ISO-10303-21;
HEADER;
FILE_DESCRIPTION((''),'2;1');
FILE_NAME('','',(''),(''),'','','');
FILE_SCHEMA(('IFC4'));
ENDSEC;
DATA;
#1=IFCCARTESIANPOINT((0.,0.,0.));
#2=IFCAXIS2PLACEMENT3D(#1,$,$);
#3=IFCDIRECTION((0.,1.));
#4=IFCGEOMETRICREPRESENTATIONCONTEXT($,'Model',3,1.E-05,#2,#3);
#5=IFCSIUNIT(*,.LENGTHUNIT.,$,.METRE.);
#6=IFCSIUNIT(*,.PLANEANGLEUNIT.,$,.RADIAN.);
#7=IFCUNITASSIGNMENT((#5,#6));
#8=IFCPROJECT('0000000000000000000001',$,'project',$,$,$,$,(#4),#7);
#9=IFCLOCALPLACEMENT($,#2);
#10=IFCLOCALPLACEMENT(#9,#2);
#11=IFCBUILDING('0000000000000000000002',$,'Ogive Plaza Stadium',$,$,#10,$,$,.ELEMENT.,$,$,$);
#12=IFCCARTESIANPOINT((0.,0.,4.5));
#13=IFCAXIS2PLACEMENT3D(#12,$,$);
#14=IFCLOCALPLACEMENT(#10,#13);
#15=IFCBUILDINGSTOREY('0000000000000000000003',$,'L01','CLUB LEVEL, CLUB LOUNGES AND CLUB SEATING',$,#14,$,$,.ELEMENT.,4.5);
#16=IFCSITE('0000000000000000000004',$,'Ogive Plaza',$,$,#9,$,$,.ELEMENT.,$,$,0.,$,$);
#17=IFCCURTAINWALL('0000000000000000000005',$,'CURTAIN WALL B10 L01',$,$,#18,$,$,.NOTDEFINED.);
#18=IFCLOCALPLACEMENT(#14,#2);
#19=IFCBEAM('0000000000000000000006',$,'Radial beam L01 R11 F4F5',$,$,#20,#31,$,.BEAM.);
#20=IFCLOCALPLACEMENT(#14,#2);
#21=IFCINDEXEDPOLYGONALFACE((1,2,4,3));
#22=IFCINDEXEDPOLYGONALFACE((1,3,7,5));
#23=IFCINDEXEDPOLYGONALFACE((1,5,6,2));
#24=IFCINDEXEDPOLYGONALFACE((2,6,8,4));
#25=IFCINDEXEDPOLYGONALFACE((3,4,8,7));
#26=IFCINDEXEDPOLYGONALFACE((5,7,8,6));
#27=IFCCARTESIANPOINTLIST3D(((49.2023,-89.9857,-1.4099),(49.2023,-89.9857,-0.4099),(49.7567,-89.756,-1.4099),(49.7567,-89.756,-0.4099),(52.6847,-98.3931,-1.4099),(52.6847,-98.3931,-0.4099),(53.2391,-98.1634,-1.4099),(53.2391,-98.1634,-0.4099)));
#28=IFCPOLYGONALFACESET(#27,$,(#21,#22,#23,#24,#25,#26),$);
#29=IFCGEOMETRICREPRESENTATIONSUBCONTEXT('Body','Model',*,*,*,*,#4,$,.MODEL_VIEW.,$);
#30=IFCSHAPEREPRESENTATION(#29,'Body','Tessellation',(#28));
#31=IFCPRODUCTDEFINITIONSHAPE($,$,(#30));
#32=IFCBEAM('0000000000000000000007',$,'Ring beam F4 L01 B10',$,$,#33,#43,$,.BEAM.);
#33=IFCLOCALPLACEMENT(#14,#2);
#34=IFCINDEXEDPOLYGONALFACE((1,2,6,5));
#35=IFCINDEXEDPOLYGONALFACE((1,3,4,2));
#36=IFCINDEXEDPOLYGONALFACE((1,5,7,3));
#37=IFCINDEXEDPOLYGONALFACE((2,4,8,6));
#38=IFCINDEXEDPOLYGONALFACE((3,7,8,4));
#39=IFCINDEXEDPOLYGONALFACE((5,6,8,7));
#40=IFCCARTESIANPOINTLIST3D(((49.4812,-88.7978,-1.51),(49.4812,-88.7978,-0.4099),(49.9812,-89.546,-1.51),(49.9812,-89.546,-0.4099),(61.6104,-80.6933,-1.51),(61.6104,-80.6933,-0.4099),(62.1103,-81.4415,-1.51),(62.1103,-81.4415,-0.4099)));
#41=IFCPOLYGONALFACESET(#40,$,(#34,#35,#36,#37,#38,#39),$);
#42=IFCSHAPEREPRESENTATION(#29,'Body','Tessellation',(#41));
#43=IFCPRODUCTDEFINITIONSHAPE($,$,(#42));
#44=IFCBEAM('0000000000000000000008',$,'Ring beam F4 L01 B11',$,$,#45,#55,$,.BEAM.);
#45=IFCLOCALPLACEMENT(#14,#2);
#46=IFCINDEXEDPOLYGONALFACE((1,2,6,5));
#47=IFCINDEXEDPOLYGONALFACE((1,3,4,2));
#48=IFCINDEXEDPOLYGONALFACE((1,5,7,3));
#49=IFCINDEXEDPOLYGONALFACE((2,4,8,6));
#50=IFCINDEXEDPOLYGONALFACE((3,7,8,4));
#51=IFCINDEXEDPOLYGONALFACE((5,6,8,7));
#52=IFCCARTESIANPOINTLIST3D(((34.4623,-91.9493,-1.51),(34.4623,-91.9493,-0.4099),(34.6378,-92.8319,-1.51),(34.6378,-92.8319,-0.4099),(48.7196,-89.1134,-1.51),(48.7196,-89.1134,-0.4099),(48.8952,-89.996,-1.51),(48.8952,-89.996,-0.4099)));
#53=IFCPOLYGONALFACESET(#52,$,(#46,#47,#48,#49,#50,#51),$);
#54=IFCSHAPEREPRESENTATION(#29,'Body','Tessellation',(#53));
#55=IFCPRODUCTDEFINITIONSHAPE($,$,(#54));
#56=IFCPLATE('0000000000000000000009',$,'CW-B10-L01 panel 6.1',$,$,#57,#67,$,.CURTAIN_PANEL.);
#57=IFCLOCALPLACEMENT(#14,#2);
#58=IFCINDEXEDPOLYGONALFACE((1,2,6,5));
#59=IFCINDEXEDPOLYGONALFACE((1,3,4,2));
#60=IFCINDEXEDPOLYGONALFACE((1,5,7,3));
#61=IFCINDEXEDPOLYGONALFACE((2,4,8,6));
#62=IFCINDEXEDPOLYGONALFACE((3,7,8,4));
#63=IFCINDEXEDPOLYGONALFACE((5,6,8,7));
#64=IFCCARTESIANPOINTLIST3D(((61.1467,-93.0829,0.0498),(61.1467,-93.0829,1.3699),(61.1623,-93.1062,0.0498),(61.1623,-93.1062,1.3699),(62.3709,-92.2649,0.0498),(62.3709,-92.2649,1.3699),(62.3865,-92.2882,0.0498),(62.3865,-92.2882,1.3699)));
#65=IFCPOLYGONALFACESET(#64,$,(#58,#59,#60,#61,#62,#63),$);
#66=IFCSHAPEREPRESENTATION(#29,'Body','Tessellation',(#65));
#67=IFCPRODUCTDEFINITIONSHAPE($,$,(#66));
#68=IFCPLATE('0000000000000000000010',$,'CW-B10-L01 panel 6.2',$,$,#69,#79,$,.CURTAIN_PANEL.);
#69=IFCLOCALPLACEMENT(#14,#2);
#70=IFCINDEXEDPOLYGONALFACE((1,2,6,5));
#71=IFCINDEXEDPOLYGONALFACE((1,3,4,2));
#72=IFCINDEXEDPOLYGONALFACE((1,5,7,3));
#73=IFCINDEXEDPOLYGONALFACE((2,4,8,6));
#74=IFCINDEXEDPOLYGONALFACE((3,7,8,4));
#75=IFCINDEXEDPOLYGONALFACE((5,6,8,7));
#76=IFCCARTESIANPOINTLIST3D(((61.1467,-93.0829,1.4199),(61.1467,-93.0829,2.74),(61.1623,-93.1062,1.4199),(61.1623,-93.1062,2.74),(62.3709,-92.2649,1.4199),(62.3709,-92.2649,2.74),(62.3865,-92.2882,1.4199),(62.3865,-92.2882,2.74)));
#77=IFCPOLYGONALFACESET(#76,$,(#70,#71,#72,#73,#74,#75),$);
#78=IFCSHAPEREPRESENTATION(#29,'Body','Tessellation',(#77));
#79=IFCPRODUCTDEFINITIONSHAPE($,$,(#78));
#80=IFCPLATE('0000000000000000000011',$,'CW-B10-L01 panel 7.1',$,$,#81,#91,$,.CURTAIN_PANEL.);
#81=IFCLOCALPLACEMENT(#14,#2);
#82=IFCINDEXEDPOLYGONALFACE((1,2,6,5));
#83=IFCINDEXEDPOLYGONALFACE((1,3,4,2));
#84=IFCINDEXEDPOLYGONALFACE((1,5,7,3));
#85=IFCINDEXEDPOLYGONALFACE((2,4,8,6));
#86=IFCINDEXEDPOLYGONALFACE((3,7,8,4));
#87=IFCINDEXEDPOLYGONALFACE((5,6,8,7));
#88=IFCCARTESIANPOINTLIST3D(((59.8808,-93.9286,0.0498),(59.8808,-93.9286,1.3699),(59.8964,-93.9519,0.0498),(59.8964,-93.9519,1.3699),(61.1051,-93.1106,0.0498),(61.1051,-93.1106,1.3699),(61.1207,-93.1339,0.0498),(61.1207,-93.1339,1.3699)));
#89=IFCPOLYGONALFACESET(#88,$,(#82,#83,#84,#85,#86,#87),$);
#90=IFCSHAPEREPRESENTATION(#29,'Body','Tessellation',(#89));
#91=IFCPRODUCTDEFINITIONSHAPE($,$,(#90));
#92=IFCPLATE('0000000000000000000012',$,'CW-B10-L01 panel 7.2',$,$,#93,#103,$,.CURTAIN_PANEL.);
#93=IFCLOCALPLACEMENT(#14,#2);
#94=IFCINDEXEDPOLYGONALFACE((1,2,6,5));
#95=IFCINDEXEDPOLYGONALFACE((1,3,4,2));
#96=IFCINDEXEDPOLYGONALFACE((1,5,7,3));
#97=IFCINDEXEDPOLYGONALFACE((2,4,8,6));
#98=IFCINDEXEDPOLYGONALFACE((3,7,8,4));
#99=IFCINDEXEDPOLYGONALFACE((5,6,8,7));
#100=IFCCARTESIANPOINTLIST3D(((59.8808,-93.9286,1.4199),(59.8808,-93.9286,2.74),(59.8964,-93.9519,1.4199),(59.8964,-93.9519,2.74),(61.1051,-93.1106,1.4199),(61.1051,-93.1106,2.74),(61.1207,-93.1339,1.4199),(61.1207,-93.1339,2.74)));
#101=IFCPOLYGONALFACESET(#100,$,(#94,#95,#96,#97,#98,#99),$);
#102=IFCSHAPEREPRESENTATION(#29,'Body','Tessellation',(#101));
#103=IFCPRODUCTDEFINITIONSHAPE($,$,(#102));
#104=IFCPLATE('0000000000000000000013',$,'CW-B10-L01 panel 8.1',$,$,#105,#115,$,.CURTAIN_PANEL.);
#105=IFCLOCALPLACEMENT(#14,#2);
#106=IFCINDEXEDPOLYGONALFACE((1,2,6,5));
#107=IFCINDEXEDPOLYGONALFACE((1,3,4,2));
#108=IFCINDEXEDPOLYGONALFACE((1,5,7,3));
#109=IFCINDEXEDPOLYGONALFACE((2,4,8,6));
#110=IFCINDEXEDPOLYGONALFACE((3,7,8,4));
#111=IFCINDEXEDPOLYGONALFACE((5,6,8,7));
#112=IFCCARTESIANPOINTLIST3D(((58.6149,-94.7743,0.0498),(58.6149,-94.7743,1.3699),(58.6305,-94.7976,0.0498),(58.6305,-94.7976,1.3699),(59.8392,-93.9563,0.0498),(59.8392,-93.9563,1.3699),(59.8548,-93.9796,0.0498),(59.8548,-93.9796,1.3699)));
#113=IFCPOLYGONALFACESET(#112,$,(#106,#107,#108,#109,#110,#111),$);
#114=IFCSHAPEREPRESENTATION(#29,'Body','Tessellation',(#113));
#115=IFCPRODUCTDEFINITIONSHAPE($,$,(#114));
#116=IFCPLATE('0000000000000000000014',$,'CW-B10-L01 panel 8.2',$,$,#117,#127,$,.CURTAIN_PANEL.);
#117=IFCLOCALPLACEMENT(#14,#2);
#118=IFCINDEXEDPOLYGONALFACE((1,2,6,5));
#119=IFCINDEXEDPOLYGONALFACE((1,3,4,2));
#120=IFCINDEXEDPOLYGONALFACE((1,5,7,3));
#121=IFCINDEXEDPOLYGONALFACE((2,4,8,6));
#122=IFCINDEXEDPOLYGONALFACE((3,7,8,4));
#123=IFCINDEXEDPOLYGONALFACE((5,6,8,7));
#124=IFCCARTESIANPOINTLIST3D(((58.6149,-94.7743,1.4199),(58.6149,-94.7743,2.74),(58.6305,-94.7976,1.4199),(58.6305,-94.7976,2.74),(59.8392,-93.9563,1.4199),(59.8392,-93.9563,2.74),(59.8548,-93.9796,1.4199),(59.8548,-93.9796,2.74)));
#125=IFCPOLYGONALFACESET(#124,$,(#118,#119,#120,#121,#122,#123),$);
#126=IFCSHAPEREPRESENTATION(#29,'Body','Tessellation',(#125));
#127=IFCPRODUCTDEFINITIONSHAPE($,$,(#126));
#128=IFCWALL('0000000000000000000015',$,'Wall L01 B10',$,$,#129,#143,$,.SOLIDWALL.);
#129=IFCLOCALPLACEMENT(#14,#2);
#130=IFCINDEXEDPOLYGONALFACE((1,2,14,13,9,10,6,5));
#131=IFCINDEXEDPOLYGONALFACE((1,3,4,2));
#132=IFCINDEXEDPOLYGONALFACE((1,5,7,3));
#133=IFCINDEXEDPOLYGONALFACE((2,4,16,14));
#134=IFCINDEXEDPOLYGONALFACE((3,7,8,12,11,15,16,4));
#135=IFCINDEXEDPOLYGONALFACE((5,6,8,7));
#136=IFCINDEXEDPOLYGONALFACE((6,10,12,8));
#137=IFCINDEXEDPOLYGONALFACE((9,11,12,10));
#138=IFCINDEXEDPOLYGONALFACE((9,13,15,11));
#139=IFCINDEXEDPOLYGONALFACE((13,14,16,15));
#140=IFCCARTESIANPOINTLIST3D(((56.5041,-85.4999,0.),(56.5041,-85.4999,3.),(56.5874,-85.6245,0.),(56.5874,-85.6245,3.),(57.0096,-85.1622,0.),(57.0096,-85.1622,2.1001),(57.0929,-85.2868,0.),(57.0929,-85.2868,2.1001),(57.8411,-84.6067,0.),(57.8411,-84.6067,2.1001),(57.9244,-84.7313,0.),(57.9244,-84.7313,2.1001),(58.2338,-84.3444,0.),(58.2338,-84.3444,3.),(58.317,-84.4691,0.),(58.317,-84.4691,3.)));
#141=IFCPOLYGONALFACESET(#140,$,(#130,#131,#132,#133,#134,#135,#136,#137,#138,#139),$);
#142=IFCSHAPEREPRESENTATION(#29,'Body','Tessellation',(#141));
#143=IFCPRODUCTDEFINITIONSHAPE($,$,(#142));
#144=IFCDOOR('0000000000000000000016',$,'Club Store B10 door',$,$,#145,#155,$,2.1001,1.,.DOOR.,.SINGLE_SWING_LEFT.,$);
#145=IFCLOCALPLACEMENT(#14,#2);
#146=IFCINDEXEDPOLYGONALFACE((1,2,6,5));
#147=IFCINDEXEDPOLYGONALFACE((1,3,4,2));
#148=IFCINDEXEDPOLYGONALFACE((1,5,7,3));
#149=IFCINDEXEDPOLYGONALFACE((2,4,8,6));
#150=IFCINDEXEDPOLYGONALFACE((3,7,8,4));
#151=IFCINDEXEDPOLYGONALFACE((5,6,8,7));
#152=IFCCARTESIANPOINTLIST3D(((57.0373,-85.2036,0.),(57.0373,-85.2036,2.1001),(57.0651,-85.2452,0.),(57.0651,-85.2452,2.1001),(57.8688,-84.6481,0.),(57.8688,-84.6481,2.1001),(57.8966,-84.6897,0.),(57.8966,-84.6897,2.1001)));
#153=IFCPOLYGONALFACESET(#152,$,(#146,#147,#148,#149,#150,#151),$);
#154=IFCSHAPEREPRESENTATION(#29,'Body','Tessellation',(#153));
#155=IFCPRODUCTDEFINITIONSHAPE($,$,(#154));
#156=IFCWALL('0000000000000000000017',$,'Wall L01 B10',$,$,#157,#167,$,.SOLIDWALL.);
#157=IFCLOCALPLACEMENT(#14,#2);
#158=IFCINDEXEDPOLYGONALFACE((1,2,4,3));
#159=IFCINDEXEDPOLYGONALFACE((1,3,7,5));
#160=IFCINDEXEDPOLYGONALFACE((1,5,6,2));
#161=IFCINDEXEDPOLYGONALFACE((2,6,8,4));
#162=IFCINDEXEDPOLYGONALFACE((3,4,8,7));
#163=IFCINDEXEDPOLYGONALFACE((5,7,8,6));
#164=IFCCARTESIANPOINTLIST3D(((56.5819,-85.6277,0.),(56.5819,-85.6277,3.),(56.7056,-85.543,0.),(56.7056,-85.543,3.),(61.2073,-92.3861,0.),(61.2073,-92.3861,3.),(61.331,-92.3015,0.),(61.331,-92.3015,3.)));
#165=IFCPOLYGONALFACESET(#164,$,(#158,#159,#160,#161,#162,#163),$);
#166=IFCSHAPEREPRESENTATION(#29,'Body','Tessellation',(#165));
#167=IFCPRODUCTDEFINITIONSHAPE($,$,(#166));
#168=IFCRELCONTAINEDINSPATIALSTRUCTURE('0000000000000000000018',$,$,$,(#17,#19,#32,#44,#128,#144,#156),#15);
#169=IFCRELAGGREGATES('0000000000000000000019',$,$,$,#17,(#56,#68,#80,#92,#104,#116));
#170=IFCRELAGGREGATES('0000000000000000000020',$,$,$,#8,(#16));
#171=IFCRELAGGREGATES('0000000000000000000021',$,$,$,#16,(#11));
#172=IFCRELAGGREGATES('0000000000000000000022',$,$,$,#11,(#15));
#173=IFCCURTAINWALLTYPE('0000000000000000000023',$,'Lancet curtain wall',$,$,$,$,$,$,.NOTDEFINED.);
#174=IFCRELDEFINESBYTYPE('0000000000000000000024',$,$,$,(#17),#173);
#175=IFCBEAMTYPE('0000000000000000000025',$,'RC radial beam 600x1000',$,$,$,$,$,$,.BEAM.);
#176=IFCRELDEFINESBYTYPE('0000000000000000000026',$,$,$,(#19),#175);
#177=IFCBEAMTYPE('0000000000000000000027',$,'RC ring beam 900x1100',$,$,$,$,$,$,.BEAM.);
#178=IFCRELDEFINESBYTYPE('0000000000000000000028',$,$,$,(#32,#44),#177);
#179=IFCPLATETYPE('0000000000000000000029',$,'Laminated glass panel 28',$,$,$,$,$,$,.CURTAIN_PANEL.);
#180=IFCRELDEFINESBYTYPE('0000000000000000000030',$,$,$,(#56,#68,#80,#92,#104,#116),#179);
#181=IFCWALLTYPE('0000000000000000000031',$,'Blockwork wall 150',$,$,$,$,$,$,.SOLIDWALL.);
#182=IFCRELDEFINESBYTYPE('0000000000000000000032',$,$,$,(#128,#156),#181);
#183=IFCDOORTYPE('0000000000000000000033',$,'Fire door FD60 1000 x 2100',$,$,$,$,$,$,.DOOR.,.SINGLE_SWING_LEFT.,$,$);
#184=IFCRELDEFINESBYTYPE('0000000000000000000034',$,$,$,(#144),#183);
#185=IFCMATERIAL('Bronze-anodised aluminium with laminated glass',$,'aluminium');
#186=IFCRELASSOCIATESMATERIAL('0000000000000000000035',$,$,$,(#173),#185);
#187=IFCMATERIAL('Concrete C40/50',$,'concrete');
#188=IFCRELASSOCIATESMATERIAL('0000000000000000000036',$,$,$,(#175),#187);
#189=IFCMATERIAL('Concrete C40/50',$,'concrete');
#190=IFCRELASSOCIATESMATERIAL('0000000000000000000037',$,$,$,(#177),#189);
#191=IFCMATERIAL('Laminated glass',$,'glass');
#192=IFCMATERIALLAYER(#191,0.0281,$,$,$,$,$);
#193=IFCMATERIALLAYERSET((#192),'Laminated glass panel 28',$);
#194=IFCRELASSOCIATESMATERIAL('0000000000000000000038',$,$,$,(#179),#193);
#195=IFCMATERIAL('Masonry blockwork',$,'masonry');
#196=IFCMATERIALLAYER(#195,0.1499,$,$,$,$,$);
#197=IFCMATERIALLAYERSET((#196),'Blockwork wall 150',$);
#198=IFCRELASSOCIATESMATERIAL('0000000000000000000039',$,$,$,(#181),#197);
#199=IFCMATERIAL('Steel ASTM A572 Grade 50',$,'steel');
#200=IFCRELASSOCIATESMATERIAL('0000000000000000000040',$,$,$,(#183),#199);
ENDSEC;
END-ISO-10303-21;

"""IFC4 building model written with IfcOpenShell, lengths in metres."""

from ifc_helpers import new_model, si_unit, direction, frame, frame_2d, origin, origin_2d, place, context, subcontext, project, spatial, rectangle, extrude, material, layer, layer_set, material_profile, profile_set, type_object, element, fill, aggregate, save


model = new_model("IFC4")

# Units and contexts
model_context = context("Model", 3, precision=1e-05, world=origin(), true_north=direction((0.0, 1.0)))
body_context = subcontext(model_context, "Body", "Model", "MODEL_VIEW")
ifc_project = project(units=[si_unit("LENGTHUNIT", "METRE"), si_unit("PLANEANGLEUNIT", "RADIAN")], contexts=[model_context])

# Site, building, storey
site_placement = place(None, origin())
site = spatial("IfcSite", under=ifc_project, at=site_placement, Name="Ogive Plaza", CompositionType="ELEMENT", RefElevation=0.0)
building_placement = place(site_placement, origin())
building = spatial("IfcBuilding", under=site, at=building_placement, Name="Ogive Plaza Stadium", CompositionType="ELEMENT")
storey_placement = place(building_placement, frame((0.0, 0.0, 4.5)))
storey = spatial("IfcBuildingStorey", under=building, at=storey_placement, Name="L01", Description="CLUB LEVEL, CLUB LOUNGES AND CLUB SEATING", CompositionType="ELEMENT", Elevation=4.5)

# Curtain wall
ifc_material_1 = material(Name="Bronze-anodised aluminium with laminated glass", Category="aluminium")
curtain_wall_type = type_object("IfcCurtainWallType", Name="Lancet curtain wall", PredefinedType="NOTDEFINED", material=ifc_material_1)
curtain_wall_placement = place(storey_placement, origin())
curtain_wall = element("IfcCurtainWall", 1, at=curtain_wall_placement, inside=storey, type_object=curtain_wall_type, Name="CURTAIN WALL B10 L01", PredefinedType="NOTDEFINED")

# Beams
ifc_material_2 = material(Name="Concrete C40/50", Category="concrete")
ifc_material_profile_1 = material_profile(ifc_material_2, rectangle(XDim=0.6001, YDim=1.0, at=origin_2d()), Name="RC 600x1000")
ifc_profile_set_1 = profile_set([ifc_material_profile_1], Name="Concrete C40/50")
beam_type_1 = type_object("IfcBeamType", Name="RC radial beam 600x1000", PredefinedType="BEAM", material=ifc_profile_set_1)
beam_1_placement = place(storey_placement, frame((49.4795, -89.8708, -0.9099), z_axis=(0.382677, -0.923882, 0.0), x_axis=(0.923882, 0.382677, 0.0)))
element("IfcBeam", 2, at=beam_1_placement, inside=storey, type_object=beam_type_1, Name="Radial beam L01 R11 F4F5", PredefinedType="BEAM", context=body_context, shape_type="SweptSolid", body=[
    extrude(rectangle(XDim=0.6001, YDim=1.0, at=origin_2d()), origin(), (0.0, 0.0, 1.0), 9.1001),
])
ifc_material_3 = material(Name="Concrete C40/50", Category="concrete")
ifc_material_profile_2 = material_profile(ifc_material_3, rectangle(XDim=0.8999, YDim=1.1001, at=origin_2d()), Name="RC 900x1100")
ifc_profile_set_2 = profile_set([ifc_material_profile_2], Name="Concrete C40/50")
beam_type_2 = type_object("IfcBeamType", Name="RC ring beam 900x1100", PredefinedType="BEAM", material=ifc_profile_set_2)
beam_2_placement = place(storey_placement, frame((61.8604, -81.0674, -0.96), z_axis=(-0.831468, -0.555573, 0.0), x_axis=(0.555573, -0.831468, 0.0)))
element("IfcBeam", 3, at=beam_2_placement, inside=storey, type_object=beam_type_2, Name="Ring beam F4 L01 B10", PredefinedType="BEAM", context=body_context, shape_type="SweptSolid", body=[
    extrude(rectangle(XDim=0.8999, YDim=1.1001, at=origin_2d()), origin(), (0.0, 0.0, 1.0), 14.5876),
])
beam_3_placement = place(storey_placement, frame((48.8074, -89.5547, -0.96), z_axis=(-0.980786, -0.195089, 0.0), x_axis=(0.195089, -0.980786, 0.0)))
element("IfcBeam", 4, at=beam_3_placement, inside=storey, type_object=beam_type_2, Name="Ring beam F4 L01 B11", PredefinedType="BEAM", context=body_context, shape_type="SweptSolid", body=[
    extrude(rectangle(XDim=0.8999, YDim=1.1001, at=origin_2d()), origin(), (0.0, 0.0, 1.0), 14.5366),
])

# Plates
ifc_material_4 = material(Name="Laminated glass", Category="glass")
ifc_layer_1 = layer(ifc_material_4, 0.0281)
ifc_layer_set_1 = layer_set([ifc_layer_1], Name="Laminated glass panel 28")
plate_type = type_object("IfcPlateType", Name="Laminated glass panel 28", PredefinedType="CURTAIN_PANEL", material=ifc_layer_set_1)
plate_1_placement = place(storey_placement, frame((61.7666, -92.6855, 0.0498), z_axis=(0.0, 0.0, 1.0), x_axis=(-0.83147, -0.55557, 0.0)))
plate_1 = element("IfcPlate", 5, at=plate_1_placement, type_object=plate_type, Name="CW-B10-L01 panel 6.1", PredefinedType="CURTAIN_PANEL", context=body_context, shape_type="SweptSolid", body=[
    extrude(rectangle(XDim=1.4724, YDim=0.0281, at=origin_2d()), origin(), (0.0, 0.0, 1.0), 1.3201),
])
plate_2_placement = place(storey_placement, frame((61.7666, -92.6855, 1.4199), z_axis=(0.0, 0.0, 1.0), x_axis=(-0.83147, -0.55557, 0.0)))
plate_2 = element("IfcPlate", 6, at=plate_2_placement, type_object=plate_type, Name="CW-B10-L01 panel 6.2", PredefinedType="CURTAIN_PANEL", context=body_context, shape_type="SweptSolid", body=[
    extrude(rectangle(XDim=1.4724, YDim=0.0281, at=origin_2d()), origin(), (0.0, 0.0, 1.0), 1.3201),
])
plate_3_placement = place(storey_placement, frame((60.5007, -93.5312, 0.0498), z_axis=(0.0, 0.0, 1.0), x_axis=(-0.83147, -0.55557, 0.0)))
plate_3 = element("IfcPlate", 7, at=plate_3_placement, type_object=plate_type, Name="CW-B10-L01 panel 7.1", PredefinedType="CURTAIN_PANEL", context=body_context, shape_type="SweptSolid", body=[
    extrude(rectangle(XDim=1.4724, YDim=0.0281, at=origin_2d()), origin(), (0.0, 0.0, 1.0), 1.3201),
])
plate_4_placement = place(storey_placement, frame((60.5007, -93.5312, 1.4199), z_axis=(0.0, 0.0, 1.0), x_axis=(-0.83147, -0.55557, 0.0)))
plate_4 = element("IfcPlate", 8, at=plate_4_placement, type_object=plate_type, Name="CW-B10-L01 panel 7.2", PredefinedType="CURTAIN_PANEL", context=body_context, shape_type="SweptSolid", body=[
    extrude(rectangle(XDim=1.4724, YDim=0.0281, at=origin_2d()), origin(), (0.0, 0.0, 1.0), 1.3201),
])
plate_5_placement = place(storey_placement, frame((59.2349, -94.377, 0.0498), z_axis=(0.0, 0.0, 1.0), x_axis=(-0.83147, -0.55557, 0.0)))
plate_5 = element("IfcPlate", 9, at=plate_5_placement, type_object=plate_type, Name="CW-B10-L01 panel 8.1", PredefinedType="CURTAIN_PANEL", context=body_context, shape_type="SweptSolid", body=[
    extrude(rectangle(XDim=1.4724, YDim=0.0281, at=origin_2d()), origin(), (0.0, 0.0, 1.0), 1.3201),
])
plate_6_placement = place(storey_placement, frame((59.2349, -94.377, 1.4199), z_axis=(0.0, 0.0, 1.0), x_axis=(-0.83147, -0.55557, 0.0)))
plate_6 = element("IfcPlate", 10, at=plate_6_placement, type_object=plate_type, Name="CW-B10-L01 panel 8.2", PredefinedType="CURTAIN_PANEL", context=body_context, shape_type="SweptSolid", body=[
    extrude(rectangle(XDim=1.4724, YDim=0.0281, at=origin_2d()), origin(), (0.0, 0.0, 1.0), 1.3201),
])
aggregate(curtain_wall, [plate_1, plate_2, plate_3, plate_4, plate_5, plate_6])

# Wall, opening, door
ifc_material_5 = material(Name="Masonry blockwork", Category="masonry")
ifc_layer_2 = layer(ifc_material_5, 0.1499)
ifc_layer_set_2 = layer_set([ifc_layer_2], Name="Blockwork wall 150")
wall_type_1 = type_object("IfcWallType", Name="Blockwork wall 150", PredefinedType="SOLIDWALL", material=ifc_layer_set_2)
wall_1_placement = place(storey_placement, frame((58.2754, -84.4067, 0.0), z_axis=(0.0, 0.0, 1.0), x_axis=(-0.831526, -0.555485, 0.0)))
wall_1 = element("IfcWall", 11, at=wall_1_placement, inside=storey, type_object=wall_type_1, Name="Wall L01 B10", PredefinedType="SOLIDWALL", context=body_context, shape_type="SweptSolid", body=[
    extrude(rectangle(XDim=2.0801, YDim=0.1499, at=frame_2d((1.04, 0.0))), origin(), (0.0, 0.0, 1.0), 3.0),
])
opening_1_placement = place(wall_1_placement, frame((0.4722, 0.0, 0.0)))
opening_1 = element("IfcOpeningElement", 12, at=opening_1_placement, cuts=wall_1, PredefinedType="OPENING", context=body_context, shape_type="SweptSolid", body=[
    extrude(rectangle(XDim=1.0, YDim=2.1001, at=frame_2d((0.5, 1.05))), frame((0.0, 0.075, 0.0), z_axis=(0.0, -1.0, 0.0), x_axis=(1.0, 0.0, 0.0)), (0.0, 0.0, 1.0), 0.1499),
])
ifc_material_6 = material(Name="Steel ASTM A572 Grade 50", Category="steel")
door_type_1 = type_object("IfcDoorType", Name="Fire door FD60 1000 x 2100", OperationType="SINGLE_SWING_LEFT", PredefinedType="DOOR", material=ifc_material_6)
door_1_placement = place(opening_1_placement, origin())
door_1 = element("IfcDoor", 13, at=door_1_placement, inside=storey, type_object=door_type_1, Name="Club Store B10 door", OperationType="SINGLE_SWING_LEFT", OverallHeight=2.1001, OverallWidth=1.0, PredefinedType="DOOR", context=body_context, shape_type="SweptSolid", body=[
    extrude(rectangle(XDim=1.0, YDim=2.1001, at=frame_2d((0.5, 1.05))), frame((0.0, 0.0249, 0.0), z_axis=(0.0, -1.0, 0.0), x_axis=(1.0, 0.0, 0.0)), (0.0, 0.0, 1.0), 0.05),
])
fill(opening_1, door_1)

# Wall
wall_2_placement = place(storey_placement, frame((56.6438, -85.5854, 0.0), z_axis=(0.0, 0.0, 1.0), x_axis=(0.564785, -0.825238, 0.0)))
element("IfcWall", 14, at=wall_2_placement, inside=storey, type_object=wall_type_1, Name="Wall L01 B10", PredefinedType="SOLIDWALL", context=body_context, shape_type="SweptSolid", body=[
    extrude(rectangle(XDim=8.1897, YDim=0.1499, at=frame_2d((4.0947, 0.0))), origin(), (0.0, 0.0, 1.0), 3.0),
])

save(model, "model.ifc")
